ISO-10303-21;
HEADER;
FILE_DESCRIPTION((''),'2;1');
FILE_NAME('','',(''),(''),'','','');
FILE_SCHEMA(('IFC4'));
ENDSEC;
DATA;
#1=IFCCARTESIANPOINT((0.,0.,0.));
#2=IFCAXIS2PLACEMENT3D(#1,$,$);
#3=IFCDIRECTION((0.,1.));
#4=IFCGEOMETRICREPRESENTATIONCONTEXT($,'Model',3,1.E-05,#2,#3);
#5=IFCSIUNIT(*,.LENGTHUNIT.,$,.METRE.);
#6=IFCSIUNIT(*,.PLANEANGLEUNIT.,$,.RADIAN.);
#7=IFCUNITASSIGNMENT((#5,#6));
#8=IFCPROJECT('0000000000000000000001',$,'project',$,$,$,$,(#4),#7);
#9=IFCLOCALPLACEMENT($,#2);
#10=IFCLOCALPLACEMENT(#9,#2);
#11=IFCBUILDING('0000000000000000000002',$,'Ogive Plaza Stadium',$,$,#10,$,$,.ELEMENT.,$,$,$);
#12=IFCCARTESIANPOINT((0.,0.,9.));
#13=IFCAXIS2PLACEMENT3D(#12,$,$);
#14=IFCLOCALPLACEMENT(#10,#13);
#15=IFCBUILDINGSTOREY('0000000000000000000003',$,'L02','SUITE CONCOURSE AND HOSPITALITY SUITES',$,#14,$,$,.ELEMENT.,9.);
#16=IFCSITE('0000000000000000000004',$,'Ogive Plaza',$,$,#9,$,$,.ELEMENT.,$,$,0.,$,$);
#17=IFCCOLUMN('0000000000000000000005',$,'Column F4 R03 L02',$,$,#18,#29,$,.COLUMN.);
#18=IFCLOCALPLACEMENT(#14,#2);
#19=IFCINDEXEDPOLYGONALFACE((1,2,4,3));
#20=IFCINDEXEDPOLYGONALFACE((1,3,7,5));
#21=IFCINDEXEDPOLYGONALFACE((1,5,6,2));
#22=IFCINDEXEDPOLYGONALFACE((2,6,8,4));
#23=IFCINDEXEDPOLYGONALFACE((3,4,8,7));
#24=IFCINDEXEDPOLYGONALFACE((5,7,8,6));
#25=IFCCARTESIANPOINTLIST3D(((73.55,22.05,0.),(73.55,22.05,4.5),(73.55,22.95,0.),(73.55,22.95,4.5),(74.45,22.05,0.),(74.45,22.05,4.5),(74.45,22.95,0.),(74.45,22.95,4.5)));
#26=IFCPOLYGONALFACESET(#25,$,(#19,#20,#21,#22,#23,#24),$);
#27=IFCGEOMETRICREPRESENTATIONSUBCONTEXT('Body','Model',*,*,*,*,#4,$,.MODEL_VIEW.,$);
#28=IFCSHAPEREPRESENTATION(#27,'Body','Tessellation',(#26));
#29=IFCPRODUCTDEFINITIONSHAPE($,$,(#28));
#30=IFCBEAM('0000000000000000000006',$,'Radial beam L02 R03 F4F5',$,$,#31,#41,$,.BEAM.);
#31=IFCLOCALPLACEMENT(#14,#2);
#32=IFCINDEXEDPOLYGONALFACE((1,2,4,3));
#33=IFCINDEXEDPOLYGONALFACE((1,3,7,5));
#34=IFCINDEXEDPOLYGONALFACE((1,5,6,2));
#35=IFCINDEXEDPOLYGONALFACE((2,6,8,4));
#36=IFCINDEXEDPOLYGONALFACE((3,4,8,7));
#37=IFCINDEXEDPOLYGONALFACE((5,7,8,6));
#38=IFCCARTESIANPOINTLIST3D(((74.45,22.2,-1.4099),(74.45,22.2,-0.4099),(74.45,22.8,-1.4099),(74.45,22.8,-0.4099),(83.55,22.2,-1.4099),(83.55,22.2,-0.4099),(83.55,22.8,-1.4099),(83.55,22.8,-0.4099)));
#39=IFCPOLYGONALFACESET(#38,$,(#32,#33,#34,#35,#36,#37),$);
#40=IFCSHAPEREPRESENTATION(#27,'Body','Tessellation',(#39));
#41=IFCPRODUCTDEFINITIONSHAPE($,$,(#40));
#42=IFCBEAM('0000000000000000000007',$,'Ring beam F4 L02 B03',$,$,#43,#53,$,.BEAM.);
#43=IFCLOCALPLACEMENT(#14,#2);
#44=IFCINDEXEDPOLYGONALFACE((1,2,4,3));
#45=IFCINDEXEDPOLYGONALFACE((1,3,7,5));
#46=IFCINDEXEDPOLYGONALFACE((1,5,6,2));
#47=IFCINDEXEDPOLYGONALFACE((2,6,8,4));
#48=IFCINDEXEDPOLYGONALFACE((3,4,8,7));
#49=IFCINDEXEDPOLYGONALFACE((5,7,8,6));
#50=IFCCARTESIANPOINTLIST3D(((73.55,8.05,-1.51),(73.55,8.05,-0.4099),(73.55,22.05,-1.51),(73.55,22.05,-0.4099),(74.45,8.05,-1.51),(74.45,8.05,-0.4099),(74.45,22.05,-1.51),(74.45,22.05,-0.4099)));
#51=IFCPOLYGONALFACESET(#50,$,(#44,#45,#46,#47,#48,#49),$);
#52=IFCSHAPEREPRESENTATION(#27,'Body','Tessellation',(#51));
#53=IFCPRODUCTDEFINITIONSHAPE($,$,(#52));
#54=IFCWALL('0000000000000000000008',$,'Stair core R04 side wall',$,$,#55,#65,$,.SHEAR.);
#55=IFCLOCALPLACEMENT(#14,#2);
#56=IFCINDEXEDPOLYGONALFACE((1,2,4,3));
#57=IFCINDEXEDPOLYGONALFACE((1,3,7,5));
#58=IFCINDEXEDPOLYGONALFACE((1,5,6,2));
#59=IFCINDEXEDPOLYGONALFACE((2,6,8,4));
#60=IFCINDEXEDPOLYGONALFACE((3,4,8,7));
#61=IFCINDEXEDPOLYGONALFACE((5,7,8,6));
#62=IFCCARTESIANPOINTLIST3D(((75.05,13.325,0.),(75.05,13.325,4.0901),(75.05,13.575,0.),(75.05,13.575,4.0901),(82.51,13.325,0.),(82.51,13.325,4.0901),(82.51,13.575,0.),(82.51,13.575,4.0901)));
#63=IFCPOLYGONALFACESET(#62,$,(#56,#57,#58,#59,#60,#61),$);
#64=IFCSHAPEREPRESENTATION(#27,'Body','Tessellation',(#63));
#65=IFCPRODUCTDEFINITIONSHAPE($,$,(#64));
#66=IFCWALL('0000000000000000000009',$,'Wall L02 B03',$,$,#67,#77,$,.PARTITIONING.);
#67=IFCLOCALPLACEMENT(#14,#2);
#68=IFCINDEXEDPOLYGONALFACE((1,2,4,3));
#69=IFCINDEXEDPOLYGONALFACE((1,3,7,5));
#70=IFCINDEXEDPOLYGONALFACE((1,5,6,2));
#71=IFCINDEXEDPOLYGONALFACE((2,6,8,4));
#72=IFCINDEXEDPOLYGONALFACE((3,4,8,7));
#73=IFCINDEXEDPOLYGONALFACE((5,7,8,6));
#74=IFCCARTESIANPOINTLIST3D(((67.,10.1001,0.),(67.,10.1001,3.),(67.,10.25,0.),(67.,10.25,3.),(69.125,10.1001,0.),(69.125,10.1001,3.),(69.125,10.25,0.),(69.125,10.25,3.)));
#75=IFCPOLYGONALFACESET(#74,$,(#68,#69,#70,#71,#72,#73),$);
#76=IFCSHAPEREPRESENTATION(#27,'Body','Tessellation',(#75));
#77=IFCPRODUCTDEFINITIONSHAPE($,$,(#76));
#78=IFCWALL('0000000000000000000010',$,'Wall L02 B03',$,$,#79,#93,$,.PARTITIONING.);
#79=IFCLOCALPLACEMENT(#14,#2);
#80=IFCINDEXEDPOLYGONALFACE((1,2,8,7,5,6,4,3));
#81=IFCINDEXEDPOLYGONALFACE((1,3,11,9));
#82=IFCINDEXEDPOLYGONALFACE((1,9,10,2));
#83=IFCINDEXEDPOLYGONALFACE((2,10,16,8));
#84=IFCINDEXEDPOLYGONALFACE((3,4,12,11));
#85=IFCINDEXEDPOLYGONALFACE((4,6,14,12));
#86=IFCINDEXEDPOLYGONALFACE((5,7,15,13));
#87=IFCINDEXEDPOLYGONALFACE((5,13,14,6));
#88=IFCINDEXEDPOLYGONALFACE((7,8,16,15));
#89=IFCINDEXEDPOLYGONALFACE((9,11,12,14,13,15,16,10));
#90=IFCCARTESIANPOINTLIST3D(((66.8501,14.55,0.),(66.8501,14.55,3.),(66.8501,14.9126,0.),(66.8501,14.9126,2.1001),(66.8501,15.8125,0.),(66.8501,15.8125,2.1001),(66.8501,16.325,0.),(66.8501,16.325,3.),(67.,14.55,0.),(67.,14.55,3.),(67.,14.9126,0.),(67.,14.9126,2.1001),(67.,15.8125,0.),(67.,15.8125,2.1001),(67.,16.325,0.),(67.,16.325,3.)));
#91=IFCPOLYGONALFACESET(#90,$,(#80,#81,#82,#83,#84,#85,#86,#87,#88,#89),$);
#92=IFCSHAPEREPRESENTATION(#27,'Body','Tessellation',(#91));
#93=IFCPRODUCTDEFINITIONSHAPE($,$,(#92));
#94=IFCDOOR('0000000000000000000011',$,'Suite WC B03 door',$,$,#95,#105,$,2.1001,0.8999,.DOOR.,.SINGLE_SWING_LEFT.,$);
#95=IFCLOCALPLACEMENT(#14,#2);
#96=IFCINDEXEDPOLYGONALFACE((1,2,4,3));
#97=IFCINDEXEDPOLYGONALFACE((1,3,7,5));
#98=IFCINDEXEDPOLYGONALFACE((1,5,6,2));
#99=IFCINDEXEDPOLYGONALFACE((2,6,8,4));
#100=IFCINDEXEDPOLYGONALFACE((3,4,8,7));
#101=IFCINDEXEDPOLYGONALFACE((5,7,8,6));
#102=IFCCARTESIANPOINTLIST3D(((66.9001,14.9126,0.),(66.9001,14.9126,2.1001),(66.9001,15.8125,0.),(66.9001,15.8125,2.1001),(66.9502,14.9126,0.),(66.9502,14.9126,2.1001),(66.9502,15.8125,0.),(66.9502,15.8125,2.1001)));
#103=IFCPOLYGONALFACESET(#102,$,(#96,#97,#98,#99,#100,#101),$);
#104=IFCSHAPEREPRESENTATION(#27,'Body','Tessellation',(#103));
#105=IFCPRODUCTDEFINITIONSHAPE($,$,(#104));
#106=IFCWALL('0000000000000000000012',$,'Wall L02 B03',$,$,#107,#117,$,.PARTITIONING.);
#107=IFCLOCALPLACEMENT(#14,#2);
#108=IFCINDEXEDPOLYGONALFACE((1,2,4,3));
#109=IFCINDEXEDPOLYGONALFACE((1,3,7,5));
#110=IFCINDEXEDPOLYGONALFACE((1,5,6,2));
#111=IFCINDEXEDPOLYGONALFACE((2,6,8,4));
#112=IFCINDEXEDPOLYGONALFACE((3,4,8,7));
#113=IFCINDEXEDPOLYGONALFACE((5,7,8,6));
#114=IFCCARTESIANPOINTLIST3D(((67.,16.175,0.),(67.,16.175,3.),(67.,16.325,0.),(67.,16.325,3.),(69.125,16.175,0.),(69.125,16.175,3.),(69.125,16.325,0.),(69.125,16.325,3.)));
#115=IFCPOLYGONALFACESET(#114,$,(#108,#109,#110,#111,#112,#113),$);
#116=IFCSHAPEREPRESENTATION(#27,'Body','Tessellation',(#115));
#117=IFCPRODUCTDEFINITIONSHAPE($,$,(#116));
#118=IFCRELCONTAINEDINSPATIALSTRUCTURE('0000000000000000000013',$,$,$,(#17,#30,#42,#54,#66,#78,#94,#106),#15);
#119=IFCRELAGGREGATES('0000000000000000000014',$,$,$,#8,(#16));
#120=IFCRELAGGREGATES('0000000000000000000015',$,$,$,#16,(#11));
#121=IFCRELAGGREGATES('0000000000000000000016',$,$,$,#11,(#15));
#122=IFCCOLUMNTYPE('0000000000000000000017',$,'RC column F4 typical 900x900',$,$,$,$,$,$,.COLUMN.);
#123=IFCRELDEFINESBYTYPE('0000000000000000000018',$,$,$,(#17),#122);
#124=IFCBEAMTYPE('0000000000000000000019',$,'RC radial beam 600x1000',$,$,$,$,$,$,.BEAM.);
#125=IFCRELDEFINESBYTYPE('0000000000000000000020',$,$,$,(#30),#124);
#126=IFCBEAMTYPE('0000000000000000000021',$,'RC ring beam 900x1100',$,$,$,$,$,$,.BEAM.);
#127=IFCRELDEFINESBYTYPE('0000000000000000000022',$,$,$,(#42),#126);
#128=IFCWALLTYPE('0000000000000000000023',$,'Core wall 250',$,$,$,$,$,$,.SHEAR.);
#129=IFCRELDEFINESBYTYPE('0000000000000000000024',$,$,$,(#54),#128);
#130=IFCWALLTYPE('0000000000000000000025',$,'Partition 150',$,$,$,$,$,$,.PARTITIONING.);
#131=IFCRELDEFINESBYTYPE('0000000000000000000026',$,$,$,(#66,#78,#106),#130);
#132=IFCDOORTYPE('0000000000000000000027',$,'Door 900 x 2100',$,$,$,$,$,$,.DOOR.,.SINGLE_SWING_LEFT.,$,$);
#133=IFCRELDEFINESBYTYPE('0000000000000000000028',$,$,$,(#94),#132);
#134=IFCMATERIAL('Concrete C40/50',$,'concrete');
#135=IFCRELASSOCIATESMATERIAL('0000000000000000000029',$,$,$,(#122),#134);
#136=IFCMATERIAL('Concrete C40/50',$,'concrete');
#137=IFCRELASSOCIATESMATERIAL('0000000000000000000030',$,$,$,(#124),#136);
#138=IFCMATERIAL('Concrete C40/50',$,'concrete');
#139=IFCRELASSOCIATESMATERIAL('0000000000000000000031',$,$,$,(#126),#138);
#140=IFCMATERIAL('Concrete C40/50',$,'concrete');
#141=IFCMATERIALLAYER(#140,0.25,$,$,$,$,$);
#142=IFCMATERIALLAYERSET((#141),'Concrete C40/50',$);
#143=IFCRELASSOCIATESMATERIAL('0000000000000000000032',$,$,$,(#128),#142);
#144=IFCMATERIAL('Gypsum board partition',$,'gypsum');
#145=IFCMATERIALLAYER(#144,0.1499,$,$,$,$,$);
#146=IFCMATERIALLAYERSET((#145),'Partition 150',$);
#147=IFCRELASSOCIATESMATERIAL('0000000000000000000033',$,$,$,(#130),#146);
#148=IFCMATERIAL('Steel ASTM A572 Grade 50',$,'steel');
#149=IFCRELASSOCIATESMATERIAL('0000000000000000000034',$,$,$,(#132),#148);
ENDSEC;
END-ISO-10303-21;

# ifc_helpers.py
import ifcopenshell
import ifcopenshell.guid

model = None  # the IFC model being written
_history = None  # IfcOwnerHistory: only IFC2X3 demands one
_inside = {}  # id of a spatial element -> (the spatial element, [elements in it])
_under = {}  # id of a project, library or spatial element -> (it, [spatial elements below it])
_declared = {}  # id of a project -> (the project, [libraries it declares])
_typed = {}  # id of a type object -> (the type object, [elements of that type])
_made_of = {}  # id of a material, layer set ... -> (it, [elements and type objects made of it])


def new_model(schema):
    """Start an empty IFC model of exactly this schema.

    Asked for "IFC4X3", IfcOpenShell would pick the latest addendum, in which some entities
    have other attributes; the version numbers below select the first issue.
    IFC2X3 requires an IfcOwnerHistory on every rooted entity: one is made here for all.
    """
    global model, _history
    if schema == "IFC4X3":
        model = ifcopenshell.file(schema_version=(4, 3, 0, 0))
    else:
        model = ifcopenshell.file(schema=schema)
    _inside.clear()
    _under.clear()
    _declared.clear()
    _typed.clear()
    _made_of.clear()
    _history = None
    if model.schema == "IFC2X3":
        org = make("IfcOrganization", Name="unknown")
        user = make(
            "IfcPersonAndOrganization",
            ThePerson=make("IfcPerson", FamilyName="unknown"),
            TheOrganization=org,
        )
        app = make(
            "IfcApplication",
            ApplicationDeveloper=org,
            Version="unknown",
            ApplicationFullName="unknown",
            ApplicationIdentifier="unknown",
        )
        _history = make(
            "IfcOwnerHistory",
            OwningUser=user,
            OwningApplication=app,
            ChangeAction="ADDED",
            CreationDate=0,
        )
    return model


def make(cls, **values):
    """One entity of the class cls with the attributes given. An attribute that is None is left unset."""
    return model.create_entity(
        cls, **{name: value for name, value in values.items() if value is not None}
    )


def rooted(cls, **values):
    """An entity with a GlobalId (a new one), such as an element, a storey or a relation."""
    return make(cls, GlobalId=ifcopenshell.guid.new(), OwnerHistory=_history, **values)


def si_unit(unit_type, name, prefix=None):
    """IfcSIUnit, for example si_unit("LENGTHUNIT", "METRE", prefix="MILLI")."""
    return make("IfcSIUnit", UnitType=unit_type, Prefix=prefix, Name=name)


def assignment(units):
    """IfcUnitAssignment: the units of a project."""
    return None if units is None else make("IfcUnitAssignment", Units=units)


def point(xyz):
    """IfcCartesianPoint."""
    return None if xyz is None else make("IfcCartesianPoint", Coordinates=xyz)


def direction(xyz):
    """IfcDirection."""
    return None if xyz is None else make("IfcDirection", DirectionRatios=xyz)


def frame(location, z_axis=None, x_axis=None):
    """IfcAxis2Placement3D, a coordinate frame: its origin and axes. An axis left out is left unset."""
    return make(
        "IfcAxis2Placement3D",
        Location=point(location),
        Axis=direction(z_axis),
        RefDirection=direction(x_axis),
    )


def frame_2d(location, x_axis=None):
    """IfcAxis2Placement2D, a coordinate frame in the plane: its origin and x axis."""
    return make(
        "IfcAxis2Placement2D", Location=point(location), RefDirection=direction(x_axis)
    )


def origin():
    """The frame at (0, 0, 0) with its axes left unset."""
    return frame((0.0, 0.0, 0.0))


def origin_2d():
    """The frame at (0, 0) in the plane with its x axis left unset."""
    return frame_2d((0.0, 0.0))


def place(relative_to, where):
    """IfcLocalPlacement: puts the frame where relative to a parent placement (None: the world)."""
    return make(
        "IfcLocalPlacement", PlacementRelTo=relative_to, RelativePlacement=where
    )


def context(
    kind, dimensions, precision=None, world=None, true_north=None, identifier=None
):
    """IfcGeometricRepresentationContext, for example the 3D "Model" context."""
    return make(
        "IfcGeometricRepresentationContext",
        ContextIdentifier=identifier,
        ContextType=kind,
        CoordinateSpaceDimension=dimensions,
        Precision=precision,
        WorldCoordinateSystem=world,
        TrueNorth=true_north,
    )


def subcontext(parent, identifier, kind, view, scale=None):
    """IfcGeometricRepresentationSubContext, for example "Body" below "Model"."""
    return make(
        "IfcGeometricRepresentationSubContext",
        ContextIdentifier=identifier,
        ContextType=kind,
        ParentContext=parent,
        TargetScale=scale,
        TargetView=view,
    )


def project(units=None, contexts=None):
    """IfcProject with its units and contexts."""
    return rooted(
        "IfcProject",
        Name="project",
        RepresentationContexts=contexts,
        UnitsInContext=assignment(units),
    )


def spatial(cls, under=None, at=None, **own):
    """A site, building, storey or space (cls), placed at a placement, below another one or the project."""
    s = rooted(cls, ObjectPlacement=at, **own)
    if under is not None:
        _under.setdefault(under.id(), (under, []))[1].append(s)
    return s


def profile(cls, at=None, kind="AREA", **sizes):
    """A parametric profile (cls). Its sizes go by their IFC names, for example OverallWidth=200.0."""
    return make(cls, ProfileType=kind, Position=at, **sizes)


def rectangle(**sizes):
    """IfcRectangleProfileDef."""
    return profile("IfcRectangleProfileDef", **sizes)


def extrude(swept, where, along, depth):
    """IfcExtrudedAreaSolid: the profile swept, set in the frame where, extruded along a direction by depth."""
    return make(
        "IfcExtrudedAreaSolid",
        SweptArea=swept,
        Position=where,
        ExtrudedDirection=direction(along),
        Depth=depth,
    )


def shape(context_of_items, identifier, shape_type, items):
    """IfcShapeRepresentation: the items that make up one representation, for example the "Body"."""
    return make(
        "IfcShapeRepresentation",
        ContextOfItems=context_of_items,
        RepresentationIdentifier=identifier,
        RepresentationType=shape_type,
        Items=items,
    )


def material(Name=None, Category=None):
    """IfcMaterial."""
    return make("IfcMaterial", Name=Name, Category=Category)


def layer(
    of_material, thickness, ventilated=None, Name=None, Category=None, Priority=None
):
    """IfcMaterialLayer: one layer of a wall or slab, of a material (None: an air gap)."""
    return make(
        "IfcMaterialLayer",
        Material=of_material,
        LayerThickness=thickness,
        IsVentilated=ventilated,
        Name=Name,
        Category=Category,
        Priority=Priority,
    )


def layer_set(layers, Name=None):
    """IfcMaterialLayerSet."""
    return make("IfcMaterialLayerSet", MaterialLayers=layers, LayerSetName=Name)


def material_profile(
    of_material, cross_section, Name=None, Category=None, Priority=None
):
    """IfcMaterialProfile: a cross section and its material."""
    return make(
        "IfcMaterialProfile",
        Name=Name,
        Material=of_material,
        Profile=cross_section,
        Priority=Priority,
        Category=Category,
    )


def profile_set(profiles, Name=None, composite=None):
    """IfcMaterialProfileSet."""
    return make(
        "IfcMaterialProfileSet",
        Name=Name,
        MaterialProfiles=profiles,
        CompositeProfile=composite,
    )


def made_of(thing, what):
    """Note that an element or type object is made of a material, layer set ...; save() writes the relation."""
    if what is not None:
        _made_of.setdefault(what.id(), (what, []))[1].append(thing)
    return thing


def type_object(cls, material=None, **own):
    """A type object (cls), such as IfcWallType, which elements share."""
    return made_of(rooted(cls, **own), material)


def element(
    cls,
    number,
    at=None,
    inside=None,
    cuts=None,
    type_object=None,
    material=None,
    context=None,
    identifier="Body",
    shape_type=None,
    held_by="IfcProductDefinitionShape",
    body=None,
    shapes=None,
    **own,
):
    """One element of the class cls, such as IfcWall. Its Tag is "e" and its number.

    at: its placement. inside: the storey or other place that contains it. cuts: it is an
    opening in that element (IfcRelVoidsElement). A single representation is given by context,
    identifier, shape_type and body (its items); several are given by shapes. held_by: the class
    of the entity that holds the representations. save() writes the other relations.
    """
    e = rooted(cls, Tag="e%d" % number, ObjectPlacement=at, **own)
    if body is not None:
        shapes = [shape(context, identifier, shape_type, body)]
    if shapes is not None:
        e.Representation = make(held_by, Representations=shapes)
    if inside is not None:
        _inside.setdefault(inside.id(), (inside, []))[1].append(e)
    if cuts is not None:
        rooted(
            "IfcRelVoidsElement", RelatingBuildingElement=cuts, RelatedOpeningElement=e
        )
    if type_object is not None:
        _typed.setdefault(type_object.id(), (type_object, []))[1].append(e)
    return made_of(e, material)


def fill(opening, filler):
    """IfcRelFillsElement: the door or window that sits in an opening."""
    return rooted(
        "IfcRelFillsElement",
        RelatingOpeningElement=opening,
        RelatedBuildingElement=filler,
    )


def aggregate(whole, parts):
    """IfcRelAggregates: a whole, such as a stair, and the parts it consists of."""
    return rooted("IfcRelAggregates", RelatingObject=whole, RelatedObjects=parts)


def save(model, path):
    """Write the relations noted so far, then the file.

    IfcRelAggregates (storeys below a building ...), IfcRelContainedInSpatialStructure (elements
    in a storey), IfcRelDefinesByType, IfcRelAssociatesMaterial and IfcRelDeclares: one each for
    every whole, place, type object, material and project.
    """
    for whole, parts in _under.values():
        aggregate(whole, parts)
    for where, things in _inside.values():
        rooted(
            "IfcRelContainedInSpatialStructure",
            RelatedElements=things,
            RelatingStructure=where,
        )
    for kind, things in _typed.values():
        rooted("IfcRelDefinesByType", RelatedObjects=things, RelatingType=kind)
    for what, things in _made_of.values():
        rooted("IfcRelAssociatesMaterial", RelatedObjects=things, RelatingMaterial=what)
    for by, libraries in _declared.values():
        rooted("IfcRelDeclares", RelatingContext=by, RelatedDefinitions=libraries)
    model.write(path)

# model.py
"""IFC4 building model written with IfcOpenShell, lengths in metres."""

from ifc_helpers import new_model, si_unit, direction, frame, frame_2d, origin, origin_2d, place, context, subcontext, project, spatial, rectangle, extrude, material, layer, layer_set, material_profile, profile_set, type_object, element, fill, save


model = new_model("IFC4")

# Units and contexts
model_context = context("Model", 3, precision=1e-05, world=origin(), true_north=direction((0.0, 1.0)))
body_context = subcontext(model_context, "Body", "Model", "MODEL_VIEW")
ifc_project = project(units=[si_unit("LENGTHUNIT", "METRE"), si_unit("PLANEANGLEUNIT", "RADIAN")], contexts=[model_context])

# Site, building, storey
site_placement = place(None, origin())
site = spatial("IfcSite", under=ifc_project, at=site_placement, Name="Ogive Plaza", CompositionType="ELEMENT", RefElevation=0.0)
building_placement = place(site_placement, origin())
building = spatial("IfcBuilding", under=site, at=building_placement, Name="Ogive Plaza Stadium", CompositionType="ELEMENT")
storey_placement = place(building_placement, frame((0.0, 0.0, 9.0)))
storey = spatial("IfcBuildingStorey", under=building, at=storey_placement, Name="L02", Description="SUITE CONCOURSE AND HOSPITALITY SUITES", CompositionType="ELEMENT", Elevation=9.0)

# Column
ifc_material_1 = material(Name="Concrete C40/50", Category="concrete")
ifc_material_profile_1 = material_profile(ifc_material_1, rectangle(XDim=0.8999, YDim=0.8999, at=origin_2d()), Name="RC 900x900")
ifc_profile_set_1 = profile_set([ifc_material_profile_1], Name="Concrete C40/50")
column_type = type_object("IfcColumnType", Name="RC column F4 typical 900x900", PredefinedType="COLUMN", material=ifc_profile_set_1)
column_placement = place(storey_placement, frame((74.0, 22.5, 0.0), z_axis=(0.0, 0.0, 1.0), x_axis=(0.0, 1.0, 0.0)))
element("IfcColumn", 1, at=column_placement, inside=storey, type_object=column_type, Name="Column F4 R03 L02", PredefinedType="COLUMN", context=body_context, shape_type="SweptSolid", body=[
    extrude(rectangle(XDim=0.8999, YDim=0.8999, at=origin_2d()), origin(), (0.0, 0.0, 1.0), 4.5),
])

# Beams
ifc_material_2 = material(Name="Concrete C40/50", Category="concrete")
ifc_material_profile_2 = material_profile(ifc_material_2, rectangle(XDim=0.6001, YDim=1.0, at=origin_2d()), Name="RC 600x1000")
ifc_profile_set_2 = profile_set([ifc_material_profile_2], Name="Concrete C40/50")
beam_type_1 = type_object("IfcBeamType", Name="RC radial beam 600x1000", PredefinedType="BEAM", material=ifc_profile_set_2)
beam_1_placement = place(storey_placement, frame((74.45, 22.5, -0.9099), z_axis=(1.0, 0.0, 0.0), x_axis=(0.0, 1.0, 0.0)))
element("IfcBeam", 2, at=beam_1_placement, inside=storey, type_object=beam_type_1, Name="Radial beam L02 R03 F4F5", PredefinedType="BEAM", context=body_context, shape_type="SweptSolid", body=[
    extrude(rectangle(XDim=0.6001, YDim=1.0, at=origin_2d()), origin(), (0.0, 0.0, 1.0), 9.1001),
])
ifc_material_3 = material(Name="Concrete C40/50", Category="concrete")
ifc_material_profile_3 = material_profile(ifc_material_3, rectangle(XDim=0.8999, YDim=1.1001, at=origin_2d()), Name="RC 900x1100")
ifc_profile_set_3 = profile_set([ifc_material_profile_3], Name="Concrete C40/50")
beam_type_2 = type_object("IfcBeamType", Name="RC ring beam 900x1100", PredefinedType="BEAM", material=ifc_profile_set_3)
beam_2_placement = place(storey_placement, frame((74.0, 22.05, -0.96), z_axis=(0.0, -1.0, 0.0), x_axis=(1.0, 0.0, 0.0)))
element("IfcBeam", 3, at=beam_2_placement, inside=storey, type_object=beam_type_2, Name="Ring beam F4 L02 B03", PredefinedType="BEAM", context=body_context, shape_type="SweptSolid", body=[
    extrude(rectangle(XDim=0.8999, YDim=1.1001, at=origin_2d()), origin(), (0.0, 0.0, 1.0), 14.0),
])

# Walls
ifc_material_4 = material(Name="Concrete C40/50", Category="concrete")
ifc_layer_1 = layer(ifc_material_4, 0.25)
ifc_layer_set_1 = layer_set([ifc_layer_1], Name="Concrete C40/50")
wall_type_1 = type_object("IfcWallType", Name="Core wall 250", PredefinedType="SHEAR", material=ifc_layer_set_1)
wall_1_placement = place(storey_placement, frame((75.05, 13.45, 0.0), z_axis=(0.0, 0.0, 1.0), x_axis=(1.0, 0.0, 0.0)))
element("IfcWall", 4, at=wall_1_placement, inside=storey, type_object=wall_type_1, Name="Stair core R04 side wall", PredefinedType="SHEAR", context=body_context, shape_type="SweptSolid", body=[
    extrude(rectangle(XDim=7.46, YDim=0.25, at=frame_2d((3.73, 0.0))), origin(), (0.0, 0.0, 1.0), 4.0901),
])
ifc_material_5 = material(Name="Gypsum board partition", Category="gypsum")
ifc_layer_2 = layer(ifc_material_5, 0.1499)
ifc_layer_set_2 = layer_set([ifc_layer_2], Name="Partition 150")
wall_type_2 = type_object("IfcWallType", Name="Partition 150", PredefinedType="PARTITIONING", material=ifc_layer_set_2)
wall_2_placement = place(storey_placement, frame((67.0, 10.175, 0.0), z_axis=(0.0, 0.0, 1.0), x_axis=(1.0, 0.0, 0.0)))
element("IfcWall", 5, at=wall_2_placement, inside=storey, type_object=wall_type_2, Name="Wall L02 B03", PredefinedType="PARTITIONING", context=body_context, shape_type="SweptSolid", body=[
    extrude(rectangle(XDim=2.125, YDim=0.1499, at=frame_2d((1.0625, 0.0))), origin(), (0.0, 0.0, 1.0), 3.0),
])

# Wall, opening, door
wall_3_placement = place(storey_placement, frame((66.925, 14.55, 0.0), z_axis=(0.0, 0.0, 1.0), x_axis=(0.0, 1.0, 0.0)))
wall_3 = element("IfcWall", 6, at=wall_3_placement, inside=storey, type_object=wall_type_2, Name="Wall L02 B03", PredefinedType="PARTITIONING", context=body_context, shape_type="SweptSolid", body=[
    extrude(rectangle(XDim=1.7749, YDim=0.1499, at=frame_2d((0.8875, 0.0))), origin(), (0.0, 0.0, 1.0), 3.0),
])
opening_placement = place(wall_3_placement, frame((0.3625, 0.0, 0.0)))
opening = element("IfcOpeningElement", 7, at=opening_placement, cuts=wall_3, PredefinedType="OPENING", context=body_context, shape_type="SweptSolid", body=[
    extrude(rectangle(XDim=0.8999, YDim=2.1001, at=frame_2d((0.45, 1.05))), frame((0.0, 0.075, 0.0), z_axis=(0.0, -1.0, 0.0), x_axis=(1.0, 0.0, 0.0)), (0.0, 0.0, 1.0), 0.1499),
])
ifc_material_6 = material(Name="Steel ASTM A572 Grade 50", Category="steel")
door_type = type_object("IfcDoorType", Name="Door 900 x 2100", OperationType="SINGLE_SWING_LEFT", PredefinedType="DOOR", material=ifc_material_6)
door_placement = place(opening_placement, origin())
door = element("IfcDoor", 8, at=door_placement, inside=storey, type_object=door_type, Name="Suite WC B03 door", OperationType="SINGLE_SWING_LEFT", OverallHeight=2.1001, OverallWidth=0.8999, PredefinedType="DOOR", context=body_context, shape_type="SweptSolid", body=[
    extrude(rectangle(XDim=0.8999, YDim=2.1001, at=frame_2d((0.45, 1.05))), frame((0.0, 0.0249, 0.0), z_axis=(0.0, -1.0, 0.0), x_axis=(1.0, 0.0, 0.0)), (0.0, 0.0, 1.0), 0.05),
])
fill(opening, door)

# Wall
wall_4_placement = place(storey_placement, frame((67.0, 16.25, 0.0), z_axis=(0.0, 0.0, 1.0), x_axis=(1.0, 0.0, 0.0)))
element("IfcWall", 9, at=wall_4_placement, inside=storey, type_object=wall_type_2, Name="Wall L02 B03", PredefinedType="PARTITIONING", context=body_context, shape_type="SweptSolid", body=[
    extrude(rectangle(XDim=2.125, YDim=0.1499, at=frame_2d((1.0625, 0.0))), origin(), (0.0, 0.0, 1.0), 3.0),
])

save(model, "model.ifc")
